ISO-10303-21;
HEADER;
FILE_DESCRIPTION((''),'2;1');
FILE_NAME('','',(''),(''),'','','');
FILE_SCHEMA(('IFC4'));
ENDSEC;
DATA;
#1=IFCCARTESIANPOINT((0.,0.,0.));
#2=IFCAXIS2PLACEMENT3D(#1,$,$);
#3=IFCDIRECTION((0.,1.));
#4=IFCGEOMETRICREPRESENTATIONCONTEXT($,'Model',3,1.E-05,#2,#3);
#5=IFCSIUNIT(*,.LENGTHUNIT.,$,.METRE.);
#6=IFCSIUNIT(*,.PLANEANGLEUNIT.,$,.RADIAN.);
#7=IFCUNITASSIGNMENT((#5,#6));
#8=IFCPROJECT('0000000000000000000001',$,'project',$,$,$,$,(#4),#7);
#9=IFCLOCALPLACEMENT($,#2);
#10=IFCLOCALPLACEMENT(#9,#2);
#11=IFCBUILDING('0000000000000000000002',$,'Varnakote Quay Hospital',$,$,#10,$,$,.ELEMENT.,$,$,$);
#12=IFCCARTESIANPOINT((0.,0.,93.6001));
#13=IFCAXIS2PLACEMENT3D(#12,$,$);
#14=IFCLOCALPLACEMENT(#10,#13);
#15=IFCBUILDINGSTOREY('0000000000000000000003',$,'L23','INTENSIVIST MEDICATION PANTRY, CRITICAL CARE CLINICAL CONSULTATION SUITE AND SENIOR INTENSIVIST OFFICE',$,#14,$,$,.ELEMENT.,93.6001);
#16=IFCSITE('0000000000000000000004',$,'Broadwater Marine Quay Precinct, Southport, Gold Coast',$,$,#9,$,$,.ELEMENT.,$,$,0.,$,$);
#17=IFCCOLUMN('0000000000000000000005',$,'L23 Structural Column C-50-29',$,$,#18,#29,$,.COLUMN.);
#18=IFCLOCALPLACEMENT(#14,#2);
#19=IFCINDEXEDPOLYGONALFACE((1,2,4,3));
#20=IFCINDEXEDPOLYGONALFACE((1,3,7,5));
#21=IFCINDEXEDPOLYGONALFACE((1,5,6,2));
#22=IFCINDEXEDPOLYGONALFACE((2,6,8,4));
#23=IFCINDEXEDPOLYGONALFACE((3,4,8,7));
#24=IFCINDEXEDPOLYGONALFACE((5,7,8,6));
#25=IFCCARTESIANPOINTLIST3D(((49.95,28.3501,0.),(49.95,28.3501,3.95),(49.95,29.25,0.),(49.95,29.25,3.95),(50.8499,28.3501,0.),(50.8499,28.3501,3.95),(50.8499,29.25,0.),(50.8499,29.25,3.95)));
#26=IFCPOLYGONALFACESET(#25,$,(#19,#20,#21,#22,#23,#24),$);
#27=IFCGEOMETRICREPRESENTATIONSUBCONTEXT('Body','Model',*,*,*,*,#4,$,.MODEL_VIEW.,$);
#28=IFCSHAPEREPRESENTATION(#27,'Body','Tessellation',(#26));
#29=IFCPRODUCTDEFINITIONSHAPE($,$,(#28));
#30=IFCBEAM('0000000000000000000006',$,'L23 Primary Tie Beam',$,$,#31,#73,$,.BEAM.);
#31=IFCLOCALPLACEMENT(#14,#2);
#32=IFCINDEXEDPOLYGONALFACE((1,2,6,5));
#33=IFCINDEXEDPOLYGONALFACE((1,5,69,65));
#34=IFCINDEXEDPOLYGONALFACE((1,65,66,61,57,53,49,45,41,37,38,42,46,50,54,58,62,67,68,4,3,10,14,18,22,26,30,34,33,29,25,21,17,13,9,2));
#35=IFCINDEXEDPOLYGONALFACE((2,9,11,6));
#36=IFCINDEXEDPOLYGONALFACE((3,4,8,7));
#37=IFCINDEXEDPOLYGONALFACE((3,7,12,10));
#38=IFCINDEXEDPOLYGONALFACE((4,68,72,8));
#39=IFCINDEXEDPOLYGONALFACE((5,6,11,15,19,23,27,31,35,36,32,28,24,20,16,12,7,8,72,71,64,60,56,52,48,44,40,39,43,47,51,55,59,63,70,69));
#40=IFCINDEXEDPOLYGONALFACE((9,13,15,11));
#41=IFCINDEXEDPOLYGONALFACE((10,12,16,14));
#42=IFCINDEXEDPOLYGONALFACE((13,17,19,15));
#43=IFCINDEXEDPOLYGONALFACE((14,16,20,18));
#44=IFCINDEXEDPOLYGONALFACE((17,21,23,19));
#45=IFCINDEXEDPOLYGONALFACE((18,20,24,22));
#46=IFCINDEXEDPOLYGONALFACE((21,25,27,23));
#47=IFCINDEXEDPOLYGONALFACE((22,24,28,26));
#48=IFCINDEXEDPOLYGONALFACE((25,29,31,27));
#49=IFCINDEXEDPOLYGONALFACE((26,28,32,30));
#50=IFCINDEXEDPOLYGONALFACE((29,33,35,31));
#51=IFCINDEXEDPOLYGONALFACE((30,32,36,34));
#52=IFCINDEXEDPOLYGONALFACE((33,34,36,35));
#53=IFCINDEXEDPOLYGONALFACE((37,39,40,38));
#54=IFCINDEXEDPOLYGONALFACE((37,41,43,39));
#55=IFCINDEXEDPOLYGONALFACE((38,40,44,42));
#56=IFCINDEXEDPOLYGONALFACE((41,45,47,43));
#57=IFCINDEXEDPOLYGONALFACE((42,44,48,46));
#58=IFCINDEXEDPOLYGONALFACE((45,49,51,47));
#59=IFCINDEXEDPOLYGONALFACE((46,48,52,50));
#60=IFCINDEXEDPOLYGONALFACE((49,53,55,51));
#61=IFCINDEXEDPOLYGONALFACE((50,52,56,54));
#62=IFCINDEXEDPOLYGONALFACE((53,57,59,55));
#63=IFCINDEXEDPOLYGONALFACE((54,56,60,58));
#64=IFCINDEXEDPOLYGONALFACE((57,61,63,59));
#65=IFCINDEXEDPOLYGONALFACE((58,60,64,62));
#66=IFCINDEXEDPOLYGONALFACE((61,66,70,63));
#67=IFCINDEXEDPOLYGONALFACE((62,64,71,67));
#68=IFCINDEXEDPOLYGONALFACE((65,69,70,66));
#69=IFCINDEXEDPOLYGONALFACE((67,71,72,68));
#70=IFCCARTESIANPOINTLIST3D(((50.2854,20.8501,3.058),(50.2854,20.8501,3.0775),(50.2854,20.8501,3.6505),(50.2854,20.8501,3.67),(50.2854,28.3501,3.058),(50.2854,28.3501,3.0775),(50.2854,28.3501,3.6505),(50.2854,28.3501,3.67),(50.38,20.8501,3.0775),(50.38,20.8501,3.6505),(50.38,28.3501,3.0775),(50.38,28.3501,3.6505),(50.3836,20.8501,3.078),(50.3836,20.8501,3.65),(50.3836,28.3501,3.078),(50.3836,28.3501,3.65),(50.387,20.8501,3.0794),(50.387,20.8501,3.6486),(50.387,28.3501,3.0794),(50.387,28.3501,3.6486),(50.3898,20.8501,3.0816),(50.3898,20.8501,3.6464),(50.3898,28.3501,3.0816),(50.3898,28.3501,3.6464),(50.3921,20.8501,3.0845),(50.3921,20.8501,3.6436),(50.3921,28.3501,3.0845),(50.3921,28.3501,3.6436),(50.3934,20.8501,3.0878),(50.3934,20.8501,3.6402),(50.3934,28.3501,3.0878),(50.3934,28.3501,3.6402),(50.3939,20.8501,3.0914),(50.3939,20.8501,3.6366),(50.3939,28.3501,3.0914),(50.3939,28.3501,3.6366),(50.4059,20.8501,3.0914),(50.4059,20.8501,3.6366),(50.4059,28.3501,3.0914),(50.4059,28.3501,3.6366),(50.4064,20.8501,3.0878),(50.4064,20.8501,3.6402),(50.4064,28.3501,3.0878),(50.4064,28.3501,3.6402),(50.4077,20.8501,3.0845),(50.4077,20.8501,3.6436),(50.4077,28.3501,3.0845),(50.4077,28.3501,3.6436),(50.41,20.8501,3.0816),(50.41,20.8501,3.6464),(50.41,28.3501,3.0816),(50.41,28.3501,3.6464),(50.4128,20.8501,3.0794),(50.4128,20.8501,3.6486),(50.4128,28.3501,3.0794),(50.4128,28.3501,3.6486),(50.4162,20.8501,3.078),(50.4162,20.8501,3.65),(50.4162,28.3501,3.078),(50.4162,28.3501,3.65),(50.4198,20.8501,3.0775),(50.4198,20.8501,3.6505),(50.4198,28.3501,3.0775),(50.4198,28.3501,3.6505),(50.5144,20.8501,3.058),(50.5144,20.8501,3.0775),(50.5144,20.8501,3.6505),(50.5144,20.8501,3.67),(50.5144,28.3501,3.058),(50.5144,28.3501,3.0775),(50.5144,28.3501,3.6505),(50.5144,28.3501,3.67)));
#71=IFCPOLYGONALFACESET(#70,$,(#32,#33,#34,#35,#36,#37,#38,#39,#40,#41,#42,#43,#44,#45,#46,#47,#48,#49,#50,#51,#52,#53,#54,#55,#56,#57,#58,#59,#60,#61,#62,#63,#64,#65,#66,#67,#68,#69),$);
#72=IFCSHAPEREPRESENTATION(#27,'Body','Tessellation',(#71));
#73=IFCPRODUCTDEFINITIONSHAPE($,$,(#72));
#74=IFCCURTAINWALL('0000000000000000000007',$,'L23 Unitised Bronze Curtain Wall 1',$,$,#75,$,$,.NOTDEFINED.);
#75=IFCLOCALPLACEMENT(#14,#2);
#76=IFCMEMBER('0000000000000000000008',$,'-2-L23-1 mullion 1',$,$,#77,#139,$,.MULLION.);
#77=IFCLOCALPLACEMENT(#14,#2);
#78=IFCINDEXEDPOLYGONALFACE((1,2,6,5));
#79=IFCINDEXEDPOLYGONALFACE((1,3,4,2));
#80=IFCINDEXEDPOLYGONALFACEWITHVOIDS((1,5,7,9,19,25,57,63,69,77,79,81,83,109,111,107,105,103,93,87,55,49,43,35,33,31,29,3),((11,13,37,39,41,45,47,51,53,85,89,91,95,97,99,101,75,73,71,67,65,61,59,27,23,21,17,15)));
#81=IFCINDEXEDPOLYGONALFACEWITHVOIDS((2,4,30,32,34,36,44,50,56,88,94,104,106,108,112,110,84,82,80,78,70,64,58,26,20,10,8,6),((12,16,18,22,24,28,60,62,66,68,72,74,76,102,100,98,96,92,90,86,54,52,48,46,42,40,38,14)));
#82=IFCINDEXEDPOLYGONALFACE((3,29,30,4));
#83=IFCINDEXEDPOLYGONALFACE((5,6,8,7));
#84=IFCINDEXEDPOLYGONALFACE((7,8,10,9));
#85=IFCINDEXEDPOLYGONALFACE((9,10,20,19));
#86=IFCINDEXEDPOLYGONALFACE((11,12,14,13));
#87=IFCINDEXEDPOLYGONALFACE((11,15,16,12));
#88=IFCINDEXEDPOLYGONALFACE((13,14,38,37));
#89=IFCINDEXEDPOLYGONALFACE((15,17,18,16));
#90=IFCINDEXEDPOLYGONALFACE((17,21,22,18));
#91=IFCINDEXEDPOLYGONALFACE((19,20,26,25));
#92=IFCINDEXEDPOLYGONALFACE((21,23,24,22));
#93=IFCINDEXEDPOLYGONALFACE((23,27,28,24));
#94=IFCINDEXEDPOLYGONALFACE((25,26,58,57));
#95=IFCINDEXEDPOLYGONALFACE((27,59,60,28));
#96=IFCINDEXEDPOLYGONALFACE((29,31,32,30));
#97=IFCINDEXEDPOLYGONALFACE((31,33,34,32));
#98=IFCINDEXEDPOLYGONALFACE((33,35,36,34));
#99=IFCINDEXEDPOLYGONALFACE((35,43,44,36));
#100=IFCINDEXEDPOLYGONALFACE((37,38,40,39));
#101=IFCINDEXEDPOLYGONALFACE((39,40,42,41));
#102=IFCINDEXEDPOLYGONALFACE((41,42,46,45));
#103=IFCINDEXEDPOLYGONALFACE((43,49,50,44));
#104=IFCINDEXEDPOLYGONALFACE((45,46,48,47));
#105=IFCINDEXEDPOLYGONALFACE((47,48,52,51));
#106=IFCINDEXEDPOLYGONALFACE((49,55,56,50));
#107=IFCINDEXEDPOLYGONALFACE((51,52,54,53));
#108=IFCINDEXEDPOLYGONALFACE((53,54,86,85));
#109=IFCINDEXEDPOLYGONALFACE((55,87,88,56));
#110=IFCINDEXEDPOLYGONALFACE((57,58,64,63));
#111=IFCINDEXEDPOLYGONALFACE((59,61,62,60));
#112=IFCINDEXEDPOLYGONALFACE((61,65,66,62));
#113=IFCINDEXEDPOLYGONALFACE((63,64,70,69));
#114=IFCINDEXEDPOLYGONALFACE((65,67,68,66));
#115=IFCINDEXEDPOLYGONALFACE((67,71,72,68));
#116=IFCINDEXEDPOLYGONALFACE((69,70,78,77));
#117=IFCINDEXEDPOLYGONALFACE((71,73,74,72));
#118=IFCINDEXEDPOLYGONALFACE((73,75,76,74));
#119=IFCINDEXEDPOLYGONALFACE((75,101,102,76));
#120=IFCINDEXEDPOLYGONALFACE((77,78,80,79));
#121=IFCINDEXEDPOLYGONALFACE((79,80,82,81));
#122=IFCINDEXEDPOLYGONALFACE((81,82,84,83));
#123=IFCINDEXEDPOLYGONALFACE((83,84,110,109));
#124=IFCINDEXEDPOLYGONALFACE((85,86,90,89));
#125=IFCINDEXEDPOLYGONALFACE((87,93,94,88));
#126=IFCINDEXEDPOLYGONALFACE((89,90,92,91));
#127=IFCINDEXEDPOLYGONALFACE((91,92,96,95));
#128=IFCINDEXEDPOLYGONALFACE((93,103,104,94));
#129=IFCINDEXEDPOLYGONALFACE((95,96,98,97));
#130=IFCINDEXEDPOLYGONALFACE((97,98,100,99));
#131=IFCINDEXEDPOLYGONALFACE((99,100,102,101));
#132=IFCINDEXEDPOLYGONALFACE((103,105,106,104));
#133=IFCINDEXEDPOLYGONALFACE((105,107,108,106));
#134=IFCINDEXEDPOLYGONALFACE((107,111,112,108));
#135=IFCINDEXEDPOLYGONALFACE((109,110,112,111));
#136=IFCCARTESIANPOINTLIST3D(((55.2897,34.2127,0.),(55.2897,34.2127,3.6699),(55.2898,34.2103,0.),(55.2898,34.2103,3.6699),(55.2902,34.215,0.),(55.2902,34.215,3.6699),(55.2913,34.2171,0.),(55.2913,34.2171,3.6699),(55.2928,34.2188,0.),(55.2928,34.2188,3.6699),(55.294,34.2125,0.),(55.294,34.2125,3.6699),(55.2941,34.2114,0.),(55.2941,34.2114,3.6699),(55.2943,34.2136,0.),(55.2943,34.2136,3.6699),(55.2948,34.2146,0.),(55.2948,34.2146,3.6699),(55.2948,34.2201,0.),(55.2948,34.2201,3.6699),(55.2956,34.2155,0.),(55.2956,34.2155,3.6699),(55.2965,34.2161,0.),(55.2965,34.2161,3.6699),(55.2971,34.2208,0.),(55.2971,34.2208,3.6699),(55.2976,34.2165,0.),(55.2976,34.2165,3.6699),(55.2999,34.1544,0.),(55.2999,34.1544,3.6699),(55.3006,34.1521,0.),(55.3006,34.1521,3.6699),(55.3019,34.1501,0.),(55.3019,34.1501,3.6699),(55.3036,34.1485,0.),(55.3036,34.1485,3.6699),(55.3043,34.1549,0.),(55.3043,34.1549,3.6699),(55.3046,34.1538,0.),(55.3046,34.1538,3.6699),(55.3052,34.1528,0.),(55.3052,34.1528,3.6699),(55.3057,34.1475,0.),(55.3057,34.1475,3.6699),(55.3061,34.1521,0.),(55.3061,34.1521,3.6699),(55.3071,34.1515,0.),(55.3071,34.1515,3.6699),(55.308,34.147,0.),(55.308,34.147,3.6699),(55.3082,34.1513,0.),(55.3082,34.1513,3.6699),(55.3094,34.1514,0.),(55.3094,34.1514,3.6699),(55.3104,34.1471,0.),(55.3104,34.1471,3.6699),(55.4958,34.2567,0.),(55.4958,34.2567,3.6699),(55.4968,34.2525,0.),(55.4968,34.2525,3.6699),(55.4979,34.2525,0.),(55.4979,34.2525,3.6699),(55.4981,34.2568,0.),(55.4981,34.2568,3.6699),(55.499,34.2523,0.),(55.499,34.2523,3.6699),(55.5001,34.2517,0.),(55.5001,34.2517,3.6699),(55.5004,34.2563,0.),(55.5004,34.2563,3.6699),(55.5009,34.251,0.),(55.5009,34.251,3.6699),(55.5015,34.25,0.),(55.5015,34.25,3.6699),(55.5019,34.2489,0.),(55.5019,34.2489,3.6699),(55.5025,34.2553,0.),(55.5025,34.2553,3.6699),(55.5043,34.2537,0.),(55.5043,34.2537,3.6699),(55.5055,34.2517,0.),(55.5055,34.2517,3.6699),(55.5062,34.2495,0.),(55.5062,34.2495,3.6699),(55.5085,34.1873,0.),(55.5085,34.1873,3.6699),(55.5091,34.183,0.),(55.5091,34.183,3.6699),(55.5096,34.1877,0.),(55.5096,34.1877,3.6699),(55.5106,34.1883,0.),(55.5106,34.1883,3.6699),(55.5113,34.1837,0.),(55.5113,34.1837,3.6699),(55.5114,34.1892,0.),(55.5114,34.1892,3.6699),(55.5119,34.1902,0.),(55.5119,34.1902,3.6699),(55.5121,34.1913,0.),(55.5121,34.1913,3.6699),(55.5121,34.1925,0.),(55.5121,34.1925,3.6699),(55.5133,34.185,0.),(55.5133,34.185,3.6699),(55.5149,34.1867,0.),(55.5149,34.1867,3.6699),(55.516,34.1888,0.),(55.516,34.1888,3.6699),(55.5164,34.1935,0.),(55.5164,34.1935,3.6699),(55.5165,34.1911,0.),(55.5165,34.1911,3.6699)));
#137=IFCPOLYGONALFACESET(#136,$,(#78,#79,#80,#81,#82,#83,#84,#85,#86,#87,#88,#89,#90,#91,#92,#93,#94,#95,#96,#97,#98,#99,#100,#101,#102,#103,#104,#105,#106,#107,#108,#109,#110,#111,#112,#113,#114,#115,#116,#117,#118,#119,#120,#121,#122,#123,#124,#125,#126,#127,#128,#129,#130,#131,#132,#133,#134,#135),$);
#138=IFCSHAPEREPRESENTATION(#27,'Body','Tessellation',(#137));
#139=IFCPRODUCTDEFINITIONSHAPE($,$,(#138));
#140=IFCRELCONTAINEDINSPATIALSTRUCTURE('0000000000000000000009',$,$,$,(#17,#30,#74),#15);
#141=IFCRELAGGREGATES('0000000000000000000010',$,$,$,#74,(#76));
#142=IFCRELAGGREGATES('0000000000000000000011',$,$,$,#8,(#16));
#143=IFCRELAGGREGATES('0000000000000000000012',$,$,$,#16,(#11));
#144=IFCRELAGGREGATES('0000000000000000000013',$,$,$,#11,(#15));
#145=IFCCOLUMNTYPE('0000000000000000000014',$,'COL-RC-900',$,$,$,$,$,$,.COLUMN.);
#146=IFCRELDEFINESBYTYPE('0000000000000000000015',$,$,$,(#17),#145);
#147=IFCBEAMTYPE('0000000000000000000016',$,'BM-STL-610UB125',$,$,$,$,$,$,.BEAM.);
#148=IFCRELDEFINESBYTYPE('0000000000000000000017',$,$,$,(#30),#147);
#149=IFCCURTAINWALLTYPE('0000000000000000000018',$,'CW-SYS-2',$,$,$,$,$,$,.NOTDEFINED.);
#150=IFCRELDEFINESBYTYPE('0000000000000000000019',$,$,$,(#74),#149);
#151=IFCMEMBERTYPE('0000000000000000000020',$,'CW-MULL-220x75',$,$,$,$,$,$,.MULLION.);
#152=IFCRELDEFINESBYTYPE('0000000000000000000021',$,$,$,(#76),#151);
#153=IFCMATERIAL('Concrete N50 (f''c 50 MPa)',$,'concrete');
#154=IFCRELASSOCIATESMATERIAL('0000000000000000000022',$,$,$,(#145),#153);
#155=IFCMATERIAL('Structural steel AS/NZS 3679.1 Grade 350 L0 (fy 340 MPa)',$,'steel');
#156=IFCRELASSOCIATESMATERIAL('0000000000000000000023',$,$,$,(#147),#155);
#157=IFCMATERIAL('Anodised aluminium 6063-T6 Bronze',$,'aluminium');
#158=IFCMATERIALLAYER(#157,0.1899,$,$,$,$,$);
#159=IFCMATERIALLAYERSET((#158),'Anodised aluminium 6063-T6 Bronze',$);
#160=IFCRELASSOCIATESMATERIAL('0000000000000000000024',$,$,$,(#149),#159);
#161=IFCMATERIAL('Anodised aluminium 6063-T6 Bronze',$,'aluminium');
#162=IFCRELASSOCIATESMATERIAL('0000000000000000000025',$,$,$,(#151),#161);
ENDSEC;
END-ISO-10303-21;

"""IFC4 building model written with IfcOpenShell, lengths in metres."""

from ifc_helpers import new_model, si_unit, direction, frame, origin, origin_2d, place, context, subcontext, project, spatial, rectangle, hollow_rectangle, i_section, extrude, material, layer, layer_set, material_profile, profile_set, type_object, element, aggregate, save


model = new_model("IFC4")

# Units and contexts
model_context = context("Model", 3, precision=1e-05, world=origin(), true_north=direction((0.0, 1.0)))
body_context = subcontext(model_context, "Body", "Model", "MODEL_VIEW")
ifc_project = project(units=[si_unit("LENGTHUNIT", "METRE"), si_unit("PLANEANGLEUNIT", "RADIAN")], contexts=[model_context])

# Site, building, storey
site_placement = place(None, origin())
site = spatial("IfcSite", under=ifc_project, at=site_placement, Name="Broadwater Marine Quay Precinct, Southport, Gold Coast", CompositionType="ELEMENT", RefElevation=0.0)
building_placement = place(site_placement, origin())
building = spatial("IfcBuilding", under=site, at=building_placement, Name="Varnakote Quay Hospital", CompositionType="ELEMENT")
storey_placement = place(building_placement, frame((0.0, 0.0, 93.6001)))
storey = spatial("IfcBuildingStorey", under=building, at=storey_placement, Name="L23", Description="INTENSIVIST MEDICATION PANTRY, CRITICAL CARE CLINICAL CONSULTATION SUITE AND SENIOR INTENSIVIST OFFICE", CompositionType="ELEMENT", Elevation=93.6001)

# Column
ifc_material_1 = material(Name="Concrete N50 (f'c 50 MPa)", Category="concrete")
ifc_material_profile_1 = material_profile(ifc_material_1, rectangle(XDim=0.8999, YDim=0.8999, at=origin_2d()), Name="RC-COL-900x900")
ifc_profile_set_1 = profile_set([ifc_material_profile_1], Name="Concrete N50 (f'c 50 MPa)")
column_type = type_object("IfcColumnType", Name="COL-RC-900", PredefinedType="COLUMN", material=ifc_profile_set_1)
column_placement = place(storey_placement, frame((50.3999, 28.8, 0.0), z_axis=(0.0, 0.0, 1.0), x_axis=(1.0, 0.0, 0.0)))
element("IfcColumn", 1, at=column_placement, inside=storey, type_object=column_type, Name="L23 Structural Column C-50-29", PredefinedType="COLUMN", context=body_context, shape_type="SweptSolid", body=[
    extrude(rectangle(XDim=0.8999, YDim=0.8999, at=origin_2d()), origin(), (0.0, 0.0, 1.0), 3.95),
])

# Beam
ifc_material_2 = material(Name="Structural steel AS/NZS 3679.1 Grade 350 L0 (fy 340 MPa)", Category="steel")
ifc_material_profile_2 = material_profile(ifc_material_2, i_section(OverallWidth=0.229, OverallDepth=0.6121, WebThickness=0.012, FlangeThickness=0.0195, FilletRadius=0.0139, at=origin_2d()), Name="610UB125")
ifc_profile_set_2 = profile_set([ifc_material_profile_2], Name="Structural steel AS/NZS 3679.1 Grade 350 L0 (fy 340 MPa)")
beam_type = type_object("IfcBeamType", Name="BM-STL-610UB125", PredefinedType="BEAM", material=ifc_profile_set_2)
beam_placement = place(storey_placement, frame((50.3999, 20.8501, 3.364), z_axis=(0.0, 1.0, 0.0), x_axis=(-1.0, 0.0, 0.0)))
element("IfcBeam", 2, at=beam_placement, inside=storey, type_object=beam_type, Name="L23 Primary Tie Beam", PredefinedType="BEAM", context=body_context, shape_type="SweptSolid", body=[
    extrude(i_section(OverallWidth=0.229, OverallDepth=0.6121, WebThickness=0.012, FlangeThickness=0.0195, FilletRadius=0.0139, at=origin_2d()), origin(), (0.0, 0.0, 1.0), 7.5),
])

# Curtain wall, member
ifc_material_3 = material(Name="Anodised aluminium 6063-T6 Bronze", Category="aluminium")
ifc_layer_1 = layer(ifc_material_3, 0.1899)
ifc_layer_set_1 = layer_set([ifc_layer_1], Name="Anodised aluminium 6063-T6 Bronze")
curtain_wall_type = type_object("IfcCurtainWallType", Name="CW-SYS-2", PredefinedType="NOTDEFINED", material=ifc_layer_set_1)
curtain_wall_placement = place(storey_placement, origin())
curtain_wall = element("IfcCurtainWall", 3, at=curtain_wall_placement, inside=storey, type_object=curtain_wall_type, Name="L23 Unitised Bronze Curtain Wall 1", PredefinedType="NOTDEFINED")
ifc_material_4 = material(Name="Anodised aluminium 6063-T6 Bronze", Category="aluminium")
ifc_material_profile_3 = material_profile(ifc_material_4, hollow_rectangle(XDim=0.075, YDim=0.22, WallThickness=0.0044, InnerFilletRadius=0.0044, OuterFilletRadius=0.009, at=origin_2d()), Name="CW-MULL-220x75")
ifc_profile_set_3 = profile_set([ifc_material_profile_3], Name="Anodised aluminium 6063-T6 Bronze")
member_type_1 = type_object("IfcMemberType", Name="CW-MULL-220x75", PredefinedType="MULLION", material=ifc_profile_set_3)
member_1_placement = place(storey_placement, frame((55.4031, 34.2019, 0.0), z_axis=(0.0, 0.0, 1.0), x_axis=(0.177846, -0.984058, 0.0)))
member_1 = element("IfcMember", 4, at=member_1_placement, type_object=member_type_1, Name="-2-L23-1 mullion 1", PredefinedType="MULLION", context=body_context, shape_type="SweptSolid", body=[
    extrude(hollow_rectangle(XDim=0.075, YDim=0.22, WallThickness=0.0044, InnerFilletRadius=0.0044, OuterFilletRadius=0.009, at=origin_2d()), origin(), (0.0, 0.0, 1.0), 3.6699),
])
aggregate(curtain_wall, [member_1])

save(model, "model.ifc")
